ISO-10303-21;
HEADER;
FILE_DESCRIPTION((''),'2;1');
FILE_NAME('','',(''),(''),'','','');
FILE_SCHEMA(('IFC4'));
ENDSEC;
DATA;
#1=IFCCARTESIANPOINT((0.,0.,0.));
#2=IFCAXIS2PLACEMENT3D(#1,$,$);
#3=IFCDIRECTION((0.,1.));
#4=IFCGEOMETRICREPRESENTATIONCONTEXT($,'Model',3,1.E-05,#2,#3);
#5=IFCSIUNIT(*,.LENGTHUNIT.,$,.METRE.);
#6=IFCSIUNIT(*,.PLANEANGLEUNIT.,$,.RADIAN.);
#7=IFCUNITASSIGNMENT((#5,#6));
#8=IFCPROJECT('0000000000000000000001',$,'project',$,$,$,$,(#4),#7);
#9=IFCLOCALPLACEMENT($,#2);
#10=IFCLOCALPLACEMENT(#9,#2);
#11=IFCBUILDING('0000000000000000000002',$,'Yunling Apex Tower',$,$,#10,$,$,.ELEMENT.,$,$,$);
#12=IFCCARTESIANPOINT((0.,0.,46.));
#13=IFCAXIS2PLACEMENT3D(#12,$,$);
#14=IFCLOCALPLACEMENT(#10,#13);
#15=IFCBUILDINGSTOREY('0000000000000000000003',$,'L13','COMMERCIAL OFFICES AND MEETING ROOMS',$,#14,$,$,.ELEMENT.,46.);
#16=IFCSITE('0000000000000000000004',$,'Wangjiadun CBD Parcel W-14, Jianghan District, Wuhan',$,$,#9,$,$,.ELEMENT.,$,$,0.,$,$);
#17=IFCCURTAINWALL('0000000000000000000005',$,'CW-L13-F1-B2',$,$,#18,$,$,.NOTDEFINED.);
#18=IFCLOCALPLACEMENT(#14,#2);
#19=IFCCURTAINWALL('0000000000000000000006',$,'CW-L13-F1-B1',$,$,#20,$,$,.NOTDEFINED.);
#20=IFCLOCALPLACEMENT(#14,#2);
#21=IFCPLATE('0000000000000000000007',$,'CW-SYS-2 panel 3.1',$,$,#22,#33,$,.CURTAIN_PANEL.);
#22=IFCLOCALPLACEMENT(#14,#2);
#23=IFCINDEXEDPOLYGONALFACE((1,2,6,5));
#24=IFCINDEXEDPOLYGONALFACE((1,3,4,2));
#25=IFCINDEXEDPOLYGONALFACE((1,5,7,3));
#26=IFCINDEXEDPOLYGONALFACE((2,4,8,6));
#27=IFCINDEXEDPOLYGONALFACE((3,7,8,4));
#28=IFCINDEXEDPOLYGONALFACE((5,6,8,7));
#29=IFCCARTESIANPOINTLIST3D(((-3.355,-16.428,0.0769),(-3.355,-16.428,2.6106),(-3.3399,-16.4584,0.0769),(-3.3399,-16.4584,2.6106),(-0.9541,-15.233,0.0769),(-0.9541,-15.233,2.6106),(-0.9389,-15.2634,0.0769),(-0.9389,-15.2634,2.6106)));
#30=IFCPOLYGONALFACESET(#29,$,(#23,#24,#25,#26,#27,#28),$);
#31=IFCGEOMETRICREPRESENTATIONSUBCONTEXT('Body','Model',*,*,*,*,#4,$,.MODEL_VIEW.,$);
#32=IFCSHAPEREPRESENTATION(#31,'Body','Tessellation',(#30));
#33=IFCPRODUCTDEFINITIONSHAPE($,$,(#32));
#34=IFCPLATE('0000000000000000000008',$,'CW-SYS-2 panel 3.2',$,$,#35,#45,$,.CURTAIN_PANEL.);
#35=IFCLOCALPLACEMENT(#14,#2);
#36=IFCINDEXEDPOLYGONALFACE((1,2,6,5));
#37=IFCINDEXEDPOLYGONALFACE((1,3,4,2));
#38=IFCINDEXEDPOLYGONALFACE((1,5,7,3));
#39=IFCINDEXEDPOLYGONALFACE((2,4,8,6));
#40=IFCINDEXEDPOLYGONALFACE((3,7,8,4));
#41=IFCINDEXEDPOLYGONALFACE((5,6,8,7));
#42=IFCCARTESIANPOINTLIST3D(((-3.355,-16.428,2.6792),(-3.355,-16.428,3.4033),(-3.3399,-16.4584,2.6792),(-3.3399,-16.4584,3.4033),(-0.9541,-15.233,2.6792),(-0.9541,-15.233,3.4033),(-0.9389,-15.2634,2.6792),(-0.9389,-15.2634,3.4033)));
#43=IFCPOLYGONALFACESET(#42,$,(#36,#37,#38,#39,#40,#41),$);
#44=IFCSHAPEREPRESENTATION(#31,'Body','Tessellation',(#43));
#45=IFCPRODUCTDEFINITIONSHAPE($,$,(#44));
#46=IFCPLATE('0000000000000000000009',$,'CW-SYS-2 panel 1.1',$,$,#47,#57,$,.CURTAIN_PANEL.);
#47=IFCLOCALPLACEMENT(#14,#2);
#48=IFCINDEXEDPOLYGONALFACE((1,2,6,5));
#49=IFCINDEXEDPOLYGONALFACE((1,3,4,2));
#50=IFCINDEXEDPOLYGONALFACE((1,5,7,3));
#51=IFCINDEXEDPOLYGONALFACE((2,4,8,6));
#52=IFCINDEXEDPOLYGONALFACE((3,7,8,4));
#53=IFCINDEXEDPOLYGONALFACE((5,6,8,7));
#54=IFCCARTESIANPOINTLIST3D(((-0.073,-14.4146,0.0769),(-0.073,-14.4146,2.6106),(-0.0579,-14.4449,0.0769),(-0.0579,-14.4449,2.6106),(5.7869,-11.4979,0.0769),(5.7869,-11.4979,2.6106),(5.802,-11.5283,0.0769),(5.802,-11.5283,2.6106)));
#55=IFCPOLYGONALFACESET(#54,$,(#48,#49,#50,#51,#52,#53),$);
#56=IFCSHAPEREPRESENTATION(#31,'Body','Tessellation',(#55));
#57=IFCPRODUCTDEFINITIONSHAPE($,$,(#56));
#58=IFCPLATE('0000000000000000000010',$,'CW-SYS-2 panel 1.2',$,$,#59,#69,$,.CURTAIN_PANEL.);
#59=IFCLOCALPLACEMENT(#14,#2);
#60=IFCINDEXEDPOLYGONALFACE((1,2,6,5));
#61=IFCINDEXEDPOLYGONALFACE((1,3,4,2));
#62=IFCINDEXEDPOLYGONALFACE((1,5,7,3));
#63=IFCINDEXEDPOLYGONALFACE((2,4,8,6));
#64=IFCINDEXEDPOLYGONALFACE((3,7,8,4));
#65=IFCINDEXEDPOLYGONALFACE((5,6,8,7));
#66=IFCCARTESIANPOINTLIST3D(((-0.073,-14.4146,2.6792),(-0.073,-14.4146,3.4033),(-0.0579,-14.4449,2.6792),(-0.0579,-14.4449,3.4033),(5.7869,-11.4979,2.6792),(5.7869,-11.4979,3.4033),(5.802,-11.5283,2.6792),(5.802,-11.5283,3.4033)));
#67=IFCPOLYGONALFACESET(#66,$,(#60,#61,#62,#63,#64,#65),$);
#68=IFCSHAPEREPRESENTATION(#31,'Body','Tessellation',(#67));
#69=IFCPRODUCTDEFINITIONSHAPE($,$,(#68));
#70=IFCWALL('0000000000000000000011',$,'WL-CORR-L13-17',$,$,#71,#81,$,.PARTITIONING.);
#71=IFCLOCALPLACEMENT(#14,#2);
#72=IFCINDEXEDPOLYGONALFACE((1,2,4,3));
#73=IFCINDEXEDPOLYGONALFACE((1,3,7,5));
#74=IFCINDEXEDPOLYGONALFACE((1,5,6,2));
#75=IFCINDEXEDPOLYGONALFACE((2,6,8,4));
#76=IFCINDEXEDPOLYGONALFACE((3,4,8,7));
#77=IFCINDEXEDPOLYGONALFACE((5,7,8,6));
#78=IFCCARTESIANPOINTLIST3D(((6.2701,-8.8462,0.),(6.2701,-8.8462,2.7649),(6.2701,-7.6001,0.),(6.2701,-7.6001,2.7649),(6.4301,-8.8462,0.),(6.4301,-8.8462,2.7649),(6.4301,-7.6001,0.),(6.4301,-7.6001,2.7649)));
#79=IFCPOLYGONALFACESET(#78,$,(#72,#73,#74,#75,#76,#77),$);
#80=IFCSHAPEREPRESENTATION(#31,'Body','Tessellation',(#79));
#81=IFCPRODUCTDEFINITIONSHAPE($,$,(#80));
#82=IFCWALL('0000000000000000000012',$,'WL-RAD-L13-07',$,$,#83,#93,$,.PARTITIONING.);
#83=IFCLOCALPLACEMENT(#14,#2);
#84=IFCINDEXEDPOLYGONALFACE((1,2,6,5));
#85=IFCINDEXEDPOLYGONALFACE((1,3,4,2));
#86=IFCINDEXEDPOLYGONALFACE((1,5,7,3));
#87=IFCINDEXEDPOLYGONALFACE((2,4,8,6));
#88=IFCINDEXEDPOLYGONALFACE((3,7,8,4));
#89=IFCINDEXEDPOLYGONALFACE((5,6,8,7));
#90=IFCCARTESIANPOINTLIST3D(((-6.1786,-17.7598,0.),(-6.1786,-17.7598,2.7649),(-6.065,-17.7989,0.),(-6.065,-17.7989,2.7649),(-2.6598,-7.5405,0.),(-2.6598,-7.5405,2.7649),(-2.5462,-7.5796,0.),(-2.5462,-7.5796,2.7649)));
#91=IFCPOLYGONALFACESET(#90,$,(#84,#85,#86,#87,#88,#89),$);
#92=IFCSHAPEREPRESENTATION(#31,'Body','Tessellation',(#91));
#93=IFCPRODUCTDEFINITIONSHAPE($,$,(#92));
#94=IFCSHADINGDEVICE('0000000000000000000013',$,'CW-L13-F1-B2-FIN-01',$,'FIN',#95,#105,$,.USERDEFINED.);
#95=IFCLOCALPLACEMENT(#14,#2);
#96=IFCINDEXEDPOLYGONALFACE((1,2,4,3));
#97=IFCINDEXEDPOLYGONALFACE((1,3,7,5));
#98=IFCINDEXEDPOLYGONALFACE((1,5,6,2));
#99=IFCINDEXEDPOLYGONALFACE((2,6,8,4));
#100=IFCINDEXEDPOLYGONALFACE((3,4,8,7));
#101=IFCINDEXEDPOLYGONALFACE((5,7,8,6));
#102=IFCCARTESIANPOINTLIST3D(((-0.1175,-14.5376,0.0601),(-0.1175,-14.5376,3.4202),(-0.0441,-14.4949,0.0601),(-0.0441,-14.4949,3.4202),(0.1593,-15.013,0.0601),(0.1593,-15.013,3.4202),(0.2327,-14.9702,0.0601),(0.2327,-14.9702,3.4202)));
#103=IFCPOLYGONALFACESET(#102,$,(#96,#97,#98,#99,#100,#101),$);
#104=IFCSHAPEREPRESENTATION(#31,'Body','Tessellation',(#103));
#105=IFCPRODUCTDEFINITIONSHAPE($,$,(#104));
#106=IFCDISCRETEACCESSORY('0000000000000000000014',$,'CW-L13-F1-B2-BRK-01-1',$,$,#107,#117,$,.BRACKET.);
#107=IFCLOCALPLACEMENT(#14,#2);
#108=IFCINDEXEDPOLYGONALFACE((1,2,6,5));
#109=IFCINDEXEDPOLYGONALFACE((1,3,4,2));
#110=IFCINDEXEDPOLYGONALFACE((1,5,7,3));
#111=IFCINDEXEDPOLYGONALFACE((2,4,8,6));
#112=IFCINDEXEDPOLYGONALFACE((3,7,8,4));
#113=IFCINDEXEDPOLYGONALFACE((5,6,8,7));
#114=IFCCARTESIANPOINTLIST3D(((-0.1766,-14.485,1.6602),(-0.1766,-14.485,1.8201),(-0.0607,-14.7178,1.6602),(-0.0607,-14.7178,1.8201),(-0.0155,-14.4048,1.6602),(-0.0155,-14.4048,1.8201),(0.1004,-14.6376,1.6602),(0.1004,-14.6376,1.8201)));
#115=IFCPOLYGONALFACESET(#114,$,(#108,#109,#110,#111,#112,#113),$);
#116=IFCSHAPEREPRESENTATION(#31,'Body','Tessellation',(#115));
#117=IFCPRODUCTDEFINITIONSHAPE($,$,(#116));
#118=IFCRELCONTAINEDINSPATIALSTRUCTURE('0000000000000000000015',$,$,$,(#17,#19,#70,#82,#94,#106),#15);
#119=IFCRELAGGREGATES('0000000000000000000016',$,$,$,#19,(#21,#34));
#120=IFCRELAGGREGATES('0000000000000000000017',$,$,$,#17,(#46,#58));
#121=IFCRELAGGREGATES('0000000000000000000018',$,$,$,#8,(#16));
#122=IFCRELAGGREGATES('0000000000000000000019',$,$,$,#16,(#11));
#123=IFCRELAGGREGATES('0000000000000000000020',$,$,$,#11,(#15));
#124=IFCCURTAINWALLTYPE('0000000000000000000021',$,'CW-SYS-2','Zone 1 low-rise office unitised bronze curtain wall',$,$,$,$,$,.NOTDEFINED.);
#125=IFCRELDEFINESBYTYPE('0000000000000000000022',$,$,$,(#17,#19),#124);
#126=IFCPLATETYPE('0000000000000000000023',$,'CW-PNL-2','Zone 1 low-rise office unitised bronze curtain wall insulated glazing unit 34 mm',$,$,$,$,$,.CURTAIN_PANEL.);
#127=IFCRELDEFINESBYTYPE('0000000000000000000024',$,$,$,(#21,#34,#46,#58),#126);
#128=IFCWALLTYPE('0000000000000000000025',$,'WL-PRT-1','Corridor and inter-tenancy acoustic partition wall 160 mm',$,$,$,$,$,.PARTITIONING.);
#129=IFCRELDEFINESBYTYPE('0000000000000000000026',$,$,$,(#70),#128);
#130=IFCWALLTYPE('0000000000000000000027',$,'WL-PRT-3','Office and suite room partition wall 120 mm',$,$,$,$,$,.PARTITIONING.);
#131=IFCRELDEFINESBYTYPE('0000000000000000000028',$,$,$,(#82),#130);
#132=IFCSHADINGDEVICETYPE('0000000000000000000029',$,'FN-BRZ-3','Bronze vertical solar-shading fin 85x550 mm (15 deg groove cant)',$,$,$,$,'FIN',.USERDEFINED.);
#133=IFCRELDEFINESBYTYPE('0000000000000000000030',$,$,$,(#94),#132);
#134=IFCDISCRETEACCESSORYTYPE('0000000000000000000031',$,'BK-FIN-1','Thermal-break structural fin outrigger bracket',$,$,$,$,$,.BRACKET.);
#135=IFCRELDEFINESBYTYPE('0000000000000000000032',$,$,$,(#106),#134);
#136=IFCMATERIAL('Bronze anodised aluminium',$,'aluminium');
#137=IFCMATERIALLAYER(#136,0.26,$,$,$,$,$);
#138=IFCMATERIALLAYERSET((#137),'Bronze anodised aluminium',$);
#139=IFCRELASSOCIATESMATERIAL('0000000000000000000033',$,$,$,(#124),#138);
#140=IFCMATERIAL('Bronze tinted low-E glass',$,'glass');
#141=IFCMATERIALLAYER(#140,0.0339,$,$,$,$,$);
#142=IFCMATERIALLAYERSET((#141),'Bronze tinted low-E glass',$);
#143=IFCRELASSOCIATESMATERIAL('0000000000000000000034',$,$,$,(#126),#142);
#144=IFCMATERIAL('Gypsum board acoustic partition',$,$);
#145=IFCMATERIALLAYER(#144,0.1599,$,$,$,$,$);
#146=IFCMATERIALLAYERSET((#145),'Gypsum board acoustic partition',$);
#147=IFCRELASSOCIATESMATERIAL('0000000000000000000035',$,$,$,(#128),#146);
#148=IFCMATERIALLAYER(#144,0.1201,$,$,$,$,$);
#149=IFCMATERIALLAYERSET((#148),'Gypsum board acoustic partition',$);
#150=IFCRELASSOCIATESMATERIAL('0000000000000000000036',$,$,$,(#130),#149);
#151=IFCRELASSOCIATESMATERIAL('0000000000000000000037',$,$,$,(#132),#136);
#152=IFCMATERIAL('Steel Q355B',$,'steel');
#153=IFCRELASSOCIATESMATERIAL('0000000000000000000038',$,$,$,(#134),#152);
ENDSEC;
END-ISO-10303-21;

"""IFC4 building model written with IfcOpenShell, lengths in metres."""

from ifc_helpers import new_model, si_unit, direction, frame, frame_2d, origin, origin_2d, place, context, subcontext, project, spatial, rectangle, extrude, source, transform, mapped, material, layer, layer_set, material_profile, profile_set, type_object, element, aggregate, save


model = new_model("IFC4")

# Units and contexts
model_context = context("Model", 3, precision=1e-05, world=origin(), true_north=direction((0.0, 1.0)))
body_context = subcontext(model_context, "Body", "Model", "MODEL_VIEW")
ifc_project = project(units=[si_unit("LENGTHUNIT", "METRE"), si_unit("PLANEANGLEUNIT", "RADIAN")], contexts=[model_context])

# Site, building, storey
site_placement = place(None, origin())
site = spatial("IfcSite", under=ifc_project, at=site_placement, Name="Wangjiadun CBD Parcel W-14, Jianghan District, Wuhan", CompositionType="ELEMENT", RefElevation=0.0)
building_placement = place(site_placement, origin())
building = spatial("IfcBuilding", under=site, at=building_placement, Name="Yunling Apex Tower", CompositionType="ELEMENT")
storey_placement = place(building_placement, frame((0.0, 0.0, 46.0)))
storey = spatial("IfcBuildingStorey", under=building, at=storey_placement, Name="L13", Description="COMMERCIAL OFFICES AND MEETING ROOMS", CompositionType="ELEMENT", Elevation=46.0)

# Shared definitions
ifc_material_1 = material(Name="Steel Q355B", Category="steel")

# Curtain wall
ifc_material_2 = material(Name="Bronze anodised aluminium", Category="aluminium")
ifc_layer_1 = layer(ifc_material_2, 0.26)
ifc_layer_set_1 = layer_set([ifc_layer_1], Name="Bronze anodised aluminium")
curtain_wall_type = type_object("IfcCurtainWallType", Name="CW-SYS-2", Description="Zone 1 low-rise office unitised bronze curtain wall", PredefinedType="NOTDEFINED", material=ifc_layer_set_1)
curtain_wall_1_placement = place(storey_placement, origin())
curtain_wall_1 = element("IfcCurtainWall", 1, at=curtain_wall_1_placement, inside=storey, type_object=curtain_wall_type, Name="CW-L13-F1-B2", PredefinedType="NOTDEFINED")

# Curtain wall
curtain_wall_2_placement = place(storey_placement, origin())
curtain_wall_2 = element("IfcCurtainWall", 2, at=curtain_wall_2_placement, inside=storey, type_object=curtain_wall_type, Name="CW-L13-F1-B1", PredefinedType="NOTDEFINED")

# Plates
ifc_material_3 = material(Name="Bronze tinted low-E glass", Category="glass")
ifc_layer_2 = layer(ifc_material_3, 0.0339)
ifc_layer_set_2 = layer_set([ifc_layer_2], Name="Bronze tinted low-E glass")
plate_type = type_object("IfcPlateType", Name="CW-PNL-2", Description="Zone 1 low-rise office unitised bronze curtain wall insulated glazing unit 34 mm", PredefinedType="CURTAIN_PANEL", material=ifc_layer_set_2)
shared_shape_1 = source(origin(), body_context, "Body", "SweptSolid", [
    extrude(rectangle(XDim=2.6819, YDim=0.0339, at=origin_2d()), origin(), (0.0, 0.0, 1.0), 2.5337),
])
plate_1_placement = place(storey_placement, frame((-2.147, -15.8457, 0.0769), z_axis=(0.0, 0.0, 1.0), x_axis=(0.895247, 0.445571, 0.0)))
plate_1 = element("IfcPlate", 3, at=plate_1_placement, type_object=plate_type, Name="CW-SYS-2 panel 3.1", PredefinedType="CURTAIN_PANEL", context=body_context, shape_type="MappedRepresentation", body=[
    mapped(shared_shape_1, transform((0.0, 0.0, 0.0), scale=1.0)),
])
shared_shape_2 = source(origin(), body_context, "Body", "SweptSolid", [
    extrude(rectangle(XDim=2.6819, YDim=0.0339, at=origin_2d()), origin(), (0.0, 0.0, 1.0), 0.7241),
])
plate_2_placement = place(storey_placement, frame((-2.147, -15.8457, 2.6792), z_axis=(0.0, 0.0, 1.0), x_axis=(0.895247, 0.445571, 0.0)))
plate_2 = element("IfcPlate", 4, at=plate_2_placement, type_object=plate_type, Name="CW-SYS-2 panel 3.2", PredefinedType="CURTAIN_PANEL", context=body_context, shape_type="MappedRepresentation", body=[
    mapped(shared_shape_2, transform((0.0, 0.0, 0.0), scale=1.0)),
])
aggregate(curtain_wall_2, [plate_1, plate_2])
shared_shape_3 = source(origin(), body_context, "Body", "SweptSolid", [
    extrude(rectangle(XDim=6.5457, YDim=0.0339, at=origin_2d()), origin(), (0.0, 0.0, 1.0), 2.5337),
])
plate_3_placement = place(storey_placement, frame((2.8645, -12.9714, 0.0769), z_axis=(0.0, 0.0, 1.0), x_axis=(0.895241, 0.445583, 0.0)))
plate_3 = element("IfcPlate", 5, at=plate_3_placement, type_object=plate_type, Name="CW-SYS-2 panel 1.1", PredefinedType="CURTAIN_PANEL", context=body_context, shape_type="MappedRepresentation", body=[
    mapped(shared_shape_3, transform((0.0, 0.0, 0.0), scale=1.0)),
])
shared_shape_4 = source(origin(), body_context, "Body", "SweptSolid", [
    extrude(rectangle(XDim=6.5457, YDim=0.0339, at=origin_2d()), origin(), (0.0, 0.0, 1.0), 0.7241),
])
plate_4_placement = place(storey_placement, frame((2.8645, -12.9714, 2.6792), z_axis=(0.0, 0.0, 1.0), x_axis=(0.895241, 0.445583, 0.0)))
plate_4 = element("IfcPlate", 6, at=plate_4_placement, type_object=plate_type, Name="CW-SYS-2 panel 1.2", PredefinedType="CURTAIN_PANEL", context=body_context, shape_type="MappedRepresentation", body=[
    mapped(shared_shape_4, transform((0.0, 0.0, 0.0), scale=1.0)),
])
aggregate(curtain_wall_1, [plate_3, plate_4])

# Walls
ifc_material_4 = material(Name="Gypsum board acoustic partition")
ifc_layer_3 = layer(ifc_material_4, 0.1599)
ifc_layer_set_3 = layer_set([ifc_layer_3], Name="Gypsum board acoustic partition")
wall_type_1 = type_object("IfcWallType", Name="WL-PRT-1", Description="Corridor and inter-tenancy acoustic partition wall 160 mm", PredefinedType="PARTITIONING", material=ifc_layer_set_3)
wall_1_placement = place(storey_placement, frame((6.3501, -8.8462, 0.0), z_axis=(0.0, 0.0, 1.0), x_axis=(0.0, 1.0, 0.0)))
element("IfcWall", 7, at=wall_1_placement, inside=storey, type_object=wall_type_1, Name="WL-CORR-L13-17", PredefinedType="PARTITIONING", context=body_context, shape_type="SweptSolid", body=[
    extrude(rectangle(XDim=1.2461, YDim=0.1599, at=frame_2d((0.623, 0.0))), origin(), (0.0, 0.0, 1.0), 2.7649),
])
ifc_layer_4 = layer(ifc_material_4, 0.1201)
ifc_layer_set_4 = layer_set([ifc_layer_4], Name="Gypsum board acoustic partition")
wall_type_2 = type_object("IfcWallType", Name="WL-PRT-3", Description="Office and suite room partition wall 120 mm", PredefinedType="PARTITIONING", material=ifc_layer_set_4)
wall_2_placement = place(storey_placement, frame((-2.603, -7.5601, 0.0), z_axis=(0.0, 0.0, 1.0), x_axis=(-0.325571, -0.945518, 0.0)))
element("IfcWall", 8, at=wall_2_placement, inside=storey, type_object=wall_type_2, Name="WL-RAD-L13-07", PredefinedType="PARTITIONING", context=body_context, shape_type="SweptSolid", body=[
    extrude(rectangle(XDim=10.8081, YDim=0.1201, at=frame_2d((5.4041, 0.0))), origin(), (0.0, 0.0, 1.0), 2.7649),
])

# Shading device
ifc_material_profile_1 = material_profile(ifc_material_2, rectangle(XDim=0.085, YDim=0.55, at=origin_2d()))
ifc_profile_set_1 = profile_set([ifc_material_profile_1], Name="Bronze anodised aluminium")
shading_device_type = type_object("IfcShadingDeviceType", Name="FN-BRZ-3", Description="Bronze vertical solar-shading fin 85x550 mm (15 deg groove cant)", ElementType="FIN", PredefinedType="USERDEFINED", material=ifc_profile_set_1)
shared_shape_5 = source(origin(), body_context, "Body", "SweptSolid", [
    extrude(rectangle(XDim=0.085, YDim=0.55, at=origin_2d()), origin(), (0.0, 0.0, 1.0), 3.3601),
])
shading_device_placement = place(storey_placement, frame((0.0576, -14.7539, 0.0601), z_axis=(0.0, 0.0, 1.0), x_axis=(0.864187, 0.503171, 0.0)))
element("IfcShadingDevice", 9, at=shading_device_placement, inside=storey, type_object=shading_device_type, Name="CW-L13-F1-B2-FIN-01", ObjectType="FIN", PredefinedType="USERDEFINED", context=body_context, shape_type="MappedRepresentation", body=[
    mapped(shared_shape_5, transform((0.0, 0.0, 0.0), scale=1.0)),
])

# Discrete accessory
discrete_accessory_type = type_object("IfcDiscreteAccessoryType", Name="BK-FIN-1", Description="Thermal-break structural fin outrigger bracket", PredefinedType="BRACKET", material=ifc_material_1)
shared_shape_6 = source(origin(), body_context, "Body", "SweptSolid", [
    extrude(rectangle(XDim=0.1799, YDim=0.26, at=origin_2d()), origin(), (0.0, 0.0, 1.0), 0.1599),
])
discrete_accessory_placement = place(storey_placement, frame((-0.0381, -14.5613, 1.6602), z_axis=(0.0, 0.0, 1.0), x_axis=(0.895246, 0.445573, 0.0)))
element("IfcDiscreteAccessory", 10, at=discrete_accessory_placement, inside=storey, type_object=discrete_accessory_type, Name="CW-L13-F1-B2-BRK-01-1", PredefinedType="BRACKET", context=body_context, shape_type="MappedRepresentation", body=[
    mapped(shared_shape_6, transform((0.0, 0.0, 0.0), scale=1.0)),
])

save(model, "model.ifc")
